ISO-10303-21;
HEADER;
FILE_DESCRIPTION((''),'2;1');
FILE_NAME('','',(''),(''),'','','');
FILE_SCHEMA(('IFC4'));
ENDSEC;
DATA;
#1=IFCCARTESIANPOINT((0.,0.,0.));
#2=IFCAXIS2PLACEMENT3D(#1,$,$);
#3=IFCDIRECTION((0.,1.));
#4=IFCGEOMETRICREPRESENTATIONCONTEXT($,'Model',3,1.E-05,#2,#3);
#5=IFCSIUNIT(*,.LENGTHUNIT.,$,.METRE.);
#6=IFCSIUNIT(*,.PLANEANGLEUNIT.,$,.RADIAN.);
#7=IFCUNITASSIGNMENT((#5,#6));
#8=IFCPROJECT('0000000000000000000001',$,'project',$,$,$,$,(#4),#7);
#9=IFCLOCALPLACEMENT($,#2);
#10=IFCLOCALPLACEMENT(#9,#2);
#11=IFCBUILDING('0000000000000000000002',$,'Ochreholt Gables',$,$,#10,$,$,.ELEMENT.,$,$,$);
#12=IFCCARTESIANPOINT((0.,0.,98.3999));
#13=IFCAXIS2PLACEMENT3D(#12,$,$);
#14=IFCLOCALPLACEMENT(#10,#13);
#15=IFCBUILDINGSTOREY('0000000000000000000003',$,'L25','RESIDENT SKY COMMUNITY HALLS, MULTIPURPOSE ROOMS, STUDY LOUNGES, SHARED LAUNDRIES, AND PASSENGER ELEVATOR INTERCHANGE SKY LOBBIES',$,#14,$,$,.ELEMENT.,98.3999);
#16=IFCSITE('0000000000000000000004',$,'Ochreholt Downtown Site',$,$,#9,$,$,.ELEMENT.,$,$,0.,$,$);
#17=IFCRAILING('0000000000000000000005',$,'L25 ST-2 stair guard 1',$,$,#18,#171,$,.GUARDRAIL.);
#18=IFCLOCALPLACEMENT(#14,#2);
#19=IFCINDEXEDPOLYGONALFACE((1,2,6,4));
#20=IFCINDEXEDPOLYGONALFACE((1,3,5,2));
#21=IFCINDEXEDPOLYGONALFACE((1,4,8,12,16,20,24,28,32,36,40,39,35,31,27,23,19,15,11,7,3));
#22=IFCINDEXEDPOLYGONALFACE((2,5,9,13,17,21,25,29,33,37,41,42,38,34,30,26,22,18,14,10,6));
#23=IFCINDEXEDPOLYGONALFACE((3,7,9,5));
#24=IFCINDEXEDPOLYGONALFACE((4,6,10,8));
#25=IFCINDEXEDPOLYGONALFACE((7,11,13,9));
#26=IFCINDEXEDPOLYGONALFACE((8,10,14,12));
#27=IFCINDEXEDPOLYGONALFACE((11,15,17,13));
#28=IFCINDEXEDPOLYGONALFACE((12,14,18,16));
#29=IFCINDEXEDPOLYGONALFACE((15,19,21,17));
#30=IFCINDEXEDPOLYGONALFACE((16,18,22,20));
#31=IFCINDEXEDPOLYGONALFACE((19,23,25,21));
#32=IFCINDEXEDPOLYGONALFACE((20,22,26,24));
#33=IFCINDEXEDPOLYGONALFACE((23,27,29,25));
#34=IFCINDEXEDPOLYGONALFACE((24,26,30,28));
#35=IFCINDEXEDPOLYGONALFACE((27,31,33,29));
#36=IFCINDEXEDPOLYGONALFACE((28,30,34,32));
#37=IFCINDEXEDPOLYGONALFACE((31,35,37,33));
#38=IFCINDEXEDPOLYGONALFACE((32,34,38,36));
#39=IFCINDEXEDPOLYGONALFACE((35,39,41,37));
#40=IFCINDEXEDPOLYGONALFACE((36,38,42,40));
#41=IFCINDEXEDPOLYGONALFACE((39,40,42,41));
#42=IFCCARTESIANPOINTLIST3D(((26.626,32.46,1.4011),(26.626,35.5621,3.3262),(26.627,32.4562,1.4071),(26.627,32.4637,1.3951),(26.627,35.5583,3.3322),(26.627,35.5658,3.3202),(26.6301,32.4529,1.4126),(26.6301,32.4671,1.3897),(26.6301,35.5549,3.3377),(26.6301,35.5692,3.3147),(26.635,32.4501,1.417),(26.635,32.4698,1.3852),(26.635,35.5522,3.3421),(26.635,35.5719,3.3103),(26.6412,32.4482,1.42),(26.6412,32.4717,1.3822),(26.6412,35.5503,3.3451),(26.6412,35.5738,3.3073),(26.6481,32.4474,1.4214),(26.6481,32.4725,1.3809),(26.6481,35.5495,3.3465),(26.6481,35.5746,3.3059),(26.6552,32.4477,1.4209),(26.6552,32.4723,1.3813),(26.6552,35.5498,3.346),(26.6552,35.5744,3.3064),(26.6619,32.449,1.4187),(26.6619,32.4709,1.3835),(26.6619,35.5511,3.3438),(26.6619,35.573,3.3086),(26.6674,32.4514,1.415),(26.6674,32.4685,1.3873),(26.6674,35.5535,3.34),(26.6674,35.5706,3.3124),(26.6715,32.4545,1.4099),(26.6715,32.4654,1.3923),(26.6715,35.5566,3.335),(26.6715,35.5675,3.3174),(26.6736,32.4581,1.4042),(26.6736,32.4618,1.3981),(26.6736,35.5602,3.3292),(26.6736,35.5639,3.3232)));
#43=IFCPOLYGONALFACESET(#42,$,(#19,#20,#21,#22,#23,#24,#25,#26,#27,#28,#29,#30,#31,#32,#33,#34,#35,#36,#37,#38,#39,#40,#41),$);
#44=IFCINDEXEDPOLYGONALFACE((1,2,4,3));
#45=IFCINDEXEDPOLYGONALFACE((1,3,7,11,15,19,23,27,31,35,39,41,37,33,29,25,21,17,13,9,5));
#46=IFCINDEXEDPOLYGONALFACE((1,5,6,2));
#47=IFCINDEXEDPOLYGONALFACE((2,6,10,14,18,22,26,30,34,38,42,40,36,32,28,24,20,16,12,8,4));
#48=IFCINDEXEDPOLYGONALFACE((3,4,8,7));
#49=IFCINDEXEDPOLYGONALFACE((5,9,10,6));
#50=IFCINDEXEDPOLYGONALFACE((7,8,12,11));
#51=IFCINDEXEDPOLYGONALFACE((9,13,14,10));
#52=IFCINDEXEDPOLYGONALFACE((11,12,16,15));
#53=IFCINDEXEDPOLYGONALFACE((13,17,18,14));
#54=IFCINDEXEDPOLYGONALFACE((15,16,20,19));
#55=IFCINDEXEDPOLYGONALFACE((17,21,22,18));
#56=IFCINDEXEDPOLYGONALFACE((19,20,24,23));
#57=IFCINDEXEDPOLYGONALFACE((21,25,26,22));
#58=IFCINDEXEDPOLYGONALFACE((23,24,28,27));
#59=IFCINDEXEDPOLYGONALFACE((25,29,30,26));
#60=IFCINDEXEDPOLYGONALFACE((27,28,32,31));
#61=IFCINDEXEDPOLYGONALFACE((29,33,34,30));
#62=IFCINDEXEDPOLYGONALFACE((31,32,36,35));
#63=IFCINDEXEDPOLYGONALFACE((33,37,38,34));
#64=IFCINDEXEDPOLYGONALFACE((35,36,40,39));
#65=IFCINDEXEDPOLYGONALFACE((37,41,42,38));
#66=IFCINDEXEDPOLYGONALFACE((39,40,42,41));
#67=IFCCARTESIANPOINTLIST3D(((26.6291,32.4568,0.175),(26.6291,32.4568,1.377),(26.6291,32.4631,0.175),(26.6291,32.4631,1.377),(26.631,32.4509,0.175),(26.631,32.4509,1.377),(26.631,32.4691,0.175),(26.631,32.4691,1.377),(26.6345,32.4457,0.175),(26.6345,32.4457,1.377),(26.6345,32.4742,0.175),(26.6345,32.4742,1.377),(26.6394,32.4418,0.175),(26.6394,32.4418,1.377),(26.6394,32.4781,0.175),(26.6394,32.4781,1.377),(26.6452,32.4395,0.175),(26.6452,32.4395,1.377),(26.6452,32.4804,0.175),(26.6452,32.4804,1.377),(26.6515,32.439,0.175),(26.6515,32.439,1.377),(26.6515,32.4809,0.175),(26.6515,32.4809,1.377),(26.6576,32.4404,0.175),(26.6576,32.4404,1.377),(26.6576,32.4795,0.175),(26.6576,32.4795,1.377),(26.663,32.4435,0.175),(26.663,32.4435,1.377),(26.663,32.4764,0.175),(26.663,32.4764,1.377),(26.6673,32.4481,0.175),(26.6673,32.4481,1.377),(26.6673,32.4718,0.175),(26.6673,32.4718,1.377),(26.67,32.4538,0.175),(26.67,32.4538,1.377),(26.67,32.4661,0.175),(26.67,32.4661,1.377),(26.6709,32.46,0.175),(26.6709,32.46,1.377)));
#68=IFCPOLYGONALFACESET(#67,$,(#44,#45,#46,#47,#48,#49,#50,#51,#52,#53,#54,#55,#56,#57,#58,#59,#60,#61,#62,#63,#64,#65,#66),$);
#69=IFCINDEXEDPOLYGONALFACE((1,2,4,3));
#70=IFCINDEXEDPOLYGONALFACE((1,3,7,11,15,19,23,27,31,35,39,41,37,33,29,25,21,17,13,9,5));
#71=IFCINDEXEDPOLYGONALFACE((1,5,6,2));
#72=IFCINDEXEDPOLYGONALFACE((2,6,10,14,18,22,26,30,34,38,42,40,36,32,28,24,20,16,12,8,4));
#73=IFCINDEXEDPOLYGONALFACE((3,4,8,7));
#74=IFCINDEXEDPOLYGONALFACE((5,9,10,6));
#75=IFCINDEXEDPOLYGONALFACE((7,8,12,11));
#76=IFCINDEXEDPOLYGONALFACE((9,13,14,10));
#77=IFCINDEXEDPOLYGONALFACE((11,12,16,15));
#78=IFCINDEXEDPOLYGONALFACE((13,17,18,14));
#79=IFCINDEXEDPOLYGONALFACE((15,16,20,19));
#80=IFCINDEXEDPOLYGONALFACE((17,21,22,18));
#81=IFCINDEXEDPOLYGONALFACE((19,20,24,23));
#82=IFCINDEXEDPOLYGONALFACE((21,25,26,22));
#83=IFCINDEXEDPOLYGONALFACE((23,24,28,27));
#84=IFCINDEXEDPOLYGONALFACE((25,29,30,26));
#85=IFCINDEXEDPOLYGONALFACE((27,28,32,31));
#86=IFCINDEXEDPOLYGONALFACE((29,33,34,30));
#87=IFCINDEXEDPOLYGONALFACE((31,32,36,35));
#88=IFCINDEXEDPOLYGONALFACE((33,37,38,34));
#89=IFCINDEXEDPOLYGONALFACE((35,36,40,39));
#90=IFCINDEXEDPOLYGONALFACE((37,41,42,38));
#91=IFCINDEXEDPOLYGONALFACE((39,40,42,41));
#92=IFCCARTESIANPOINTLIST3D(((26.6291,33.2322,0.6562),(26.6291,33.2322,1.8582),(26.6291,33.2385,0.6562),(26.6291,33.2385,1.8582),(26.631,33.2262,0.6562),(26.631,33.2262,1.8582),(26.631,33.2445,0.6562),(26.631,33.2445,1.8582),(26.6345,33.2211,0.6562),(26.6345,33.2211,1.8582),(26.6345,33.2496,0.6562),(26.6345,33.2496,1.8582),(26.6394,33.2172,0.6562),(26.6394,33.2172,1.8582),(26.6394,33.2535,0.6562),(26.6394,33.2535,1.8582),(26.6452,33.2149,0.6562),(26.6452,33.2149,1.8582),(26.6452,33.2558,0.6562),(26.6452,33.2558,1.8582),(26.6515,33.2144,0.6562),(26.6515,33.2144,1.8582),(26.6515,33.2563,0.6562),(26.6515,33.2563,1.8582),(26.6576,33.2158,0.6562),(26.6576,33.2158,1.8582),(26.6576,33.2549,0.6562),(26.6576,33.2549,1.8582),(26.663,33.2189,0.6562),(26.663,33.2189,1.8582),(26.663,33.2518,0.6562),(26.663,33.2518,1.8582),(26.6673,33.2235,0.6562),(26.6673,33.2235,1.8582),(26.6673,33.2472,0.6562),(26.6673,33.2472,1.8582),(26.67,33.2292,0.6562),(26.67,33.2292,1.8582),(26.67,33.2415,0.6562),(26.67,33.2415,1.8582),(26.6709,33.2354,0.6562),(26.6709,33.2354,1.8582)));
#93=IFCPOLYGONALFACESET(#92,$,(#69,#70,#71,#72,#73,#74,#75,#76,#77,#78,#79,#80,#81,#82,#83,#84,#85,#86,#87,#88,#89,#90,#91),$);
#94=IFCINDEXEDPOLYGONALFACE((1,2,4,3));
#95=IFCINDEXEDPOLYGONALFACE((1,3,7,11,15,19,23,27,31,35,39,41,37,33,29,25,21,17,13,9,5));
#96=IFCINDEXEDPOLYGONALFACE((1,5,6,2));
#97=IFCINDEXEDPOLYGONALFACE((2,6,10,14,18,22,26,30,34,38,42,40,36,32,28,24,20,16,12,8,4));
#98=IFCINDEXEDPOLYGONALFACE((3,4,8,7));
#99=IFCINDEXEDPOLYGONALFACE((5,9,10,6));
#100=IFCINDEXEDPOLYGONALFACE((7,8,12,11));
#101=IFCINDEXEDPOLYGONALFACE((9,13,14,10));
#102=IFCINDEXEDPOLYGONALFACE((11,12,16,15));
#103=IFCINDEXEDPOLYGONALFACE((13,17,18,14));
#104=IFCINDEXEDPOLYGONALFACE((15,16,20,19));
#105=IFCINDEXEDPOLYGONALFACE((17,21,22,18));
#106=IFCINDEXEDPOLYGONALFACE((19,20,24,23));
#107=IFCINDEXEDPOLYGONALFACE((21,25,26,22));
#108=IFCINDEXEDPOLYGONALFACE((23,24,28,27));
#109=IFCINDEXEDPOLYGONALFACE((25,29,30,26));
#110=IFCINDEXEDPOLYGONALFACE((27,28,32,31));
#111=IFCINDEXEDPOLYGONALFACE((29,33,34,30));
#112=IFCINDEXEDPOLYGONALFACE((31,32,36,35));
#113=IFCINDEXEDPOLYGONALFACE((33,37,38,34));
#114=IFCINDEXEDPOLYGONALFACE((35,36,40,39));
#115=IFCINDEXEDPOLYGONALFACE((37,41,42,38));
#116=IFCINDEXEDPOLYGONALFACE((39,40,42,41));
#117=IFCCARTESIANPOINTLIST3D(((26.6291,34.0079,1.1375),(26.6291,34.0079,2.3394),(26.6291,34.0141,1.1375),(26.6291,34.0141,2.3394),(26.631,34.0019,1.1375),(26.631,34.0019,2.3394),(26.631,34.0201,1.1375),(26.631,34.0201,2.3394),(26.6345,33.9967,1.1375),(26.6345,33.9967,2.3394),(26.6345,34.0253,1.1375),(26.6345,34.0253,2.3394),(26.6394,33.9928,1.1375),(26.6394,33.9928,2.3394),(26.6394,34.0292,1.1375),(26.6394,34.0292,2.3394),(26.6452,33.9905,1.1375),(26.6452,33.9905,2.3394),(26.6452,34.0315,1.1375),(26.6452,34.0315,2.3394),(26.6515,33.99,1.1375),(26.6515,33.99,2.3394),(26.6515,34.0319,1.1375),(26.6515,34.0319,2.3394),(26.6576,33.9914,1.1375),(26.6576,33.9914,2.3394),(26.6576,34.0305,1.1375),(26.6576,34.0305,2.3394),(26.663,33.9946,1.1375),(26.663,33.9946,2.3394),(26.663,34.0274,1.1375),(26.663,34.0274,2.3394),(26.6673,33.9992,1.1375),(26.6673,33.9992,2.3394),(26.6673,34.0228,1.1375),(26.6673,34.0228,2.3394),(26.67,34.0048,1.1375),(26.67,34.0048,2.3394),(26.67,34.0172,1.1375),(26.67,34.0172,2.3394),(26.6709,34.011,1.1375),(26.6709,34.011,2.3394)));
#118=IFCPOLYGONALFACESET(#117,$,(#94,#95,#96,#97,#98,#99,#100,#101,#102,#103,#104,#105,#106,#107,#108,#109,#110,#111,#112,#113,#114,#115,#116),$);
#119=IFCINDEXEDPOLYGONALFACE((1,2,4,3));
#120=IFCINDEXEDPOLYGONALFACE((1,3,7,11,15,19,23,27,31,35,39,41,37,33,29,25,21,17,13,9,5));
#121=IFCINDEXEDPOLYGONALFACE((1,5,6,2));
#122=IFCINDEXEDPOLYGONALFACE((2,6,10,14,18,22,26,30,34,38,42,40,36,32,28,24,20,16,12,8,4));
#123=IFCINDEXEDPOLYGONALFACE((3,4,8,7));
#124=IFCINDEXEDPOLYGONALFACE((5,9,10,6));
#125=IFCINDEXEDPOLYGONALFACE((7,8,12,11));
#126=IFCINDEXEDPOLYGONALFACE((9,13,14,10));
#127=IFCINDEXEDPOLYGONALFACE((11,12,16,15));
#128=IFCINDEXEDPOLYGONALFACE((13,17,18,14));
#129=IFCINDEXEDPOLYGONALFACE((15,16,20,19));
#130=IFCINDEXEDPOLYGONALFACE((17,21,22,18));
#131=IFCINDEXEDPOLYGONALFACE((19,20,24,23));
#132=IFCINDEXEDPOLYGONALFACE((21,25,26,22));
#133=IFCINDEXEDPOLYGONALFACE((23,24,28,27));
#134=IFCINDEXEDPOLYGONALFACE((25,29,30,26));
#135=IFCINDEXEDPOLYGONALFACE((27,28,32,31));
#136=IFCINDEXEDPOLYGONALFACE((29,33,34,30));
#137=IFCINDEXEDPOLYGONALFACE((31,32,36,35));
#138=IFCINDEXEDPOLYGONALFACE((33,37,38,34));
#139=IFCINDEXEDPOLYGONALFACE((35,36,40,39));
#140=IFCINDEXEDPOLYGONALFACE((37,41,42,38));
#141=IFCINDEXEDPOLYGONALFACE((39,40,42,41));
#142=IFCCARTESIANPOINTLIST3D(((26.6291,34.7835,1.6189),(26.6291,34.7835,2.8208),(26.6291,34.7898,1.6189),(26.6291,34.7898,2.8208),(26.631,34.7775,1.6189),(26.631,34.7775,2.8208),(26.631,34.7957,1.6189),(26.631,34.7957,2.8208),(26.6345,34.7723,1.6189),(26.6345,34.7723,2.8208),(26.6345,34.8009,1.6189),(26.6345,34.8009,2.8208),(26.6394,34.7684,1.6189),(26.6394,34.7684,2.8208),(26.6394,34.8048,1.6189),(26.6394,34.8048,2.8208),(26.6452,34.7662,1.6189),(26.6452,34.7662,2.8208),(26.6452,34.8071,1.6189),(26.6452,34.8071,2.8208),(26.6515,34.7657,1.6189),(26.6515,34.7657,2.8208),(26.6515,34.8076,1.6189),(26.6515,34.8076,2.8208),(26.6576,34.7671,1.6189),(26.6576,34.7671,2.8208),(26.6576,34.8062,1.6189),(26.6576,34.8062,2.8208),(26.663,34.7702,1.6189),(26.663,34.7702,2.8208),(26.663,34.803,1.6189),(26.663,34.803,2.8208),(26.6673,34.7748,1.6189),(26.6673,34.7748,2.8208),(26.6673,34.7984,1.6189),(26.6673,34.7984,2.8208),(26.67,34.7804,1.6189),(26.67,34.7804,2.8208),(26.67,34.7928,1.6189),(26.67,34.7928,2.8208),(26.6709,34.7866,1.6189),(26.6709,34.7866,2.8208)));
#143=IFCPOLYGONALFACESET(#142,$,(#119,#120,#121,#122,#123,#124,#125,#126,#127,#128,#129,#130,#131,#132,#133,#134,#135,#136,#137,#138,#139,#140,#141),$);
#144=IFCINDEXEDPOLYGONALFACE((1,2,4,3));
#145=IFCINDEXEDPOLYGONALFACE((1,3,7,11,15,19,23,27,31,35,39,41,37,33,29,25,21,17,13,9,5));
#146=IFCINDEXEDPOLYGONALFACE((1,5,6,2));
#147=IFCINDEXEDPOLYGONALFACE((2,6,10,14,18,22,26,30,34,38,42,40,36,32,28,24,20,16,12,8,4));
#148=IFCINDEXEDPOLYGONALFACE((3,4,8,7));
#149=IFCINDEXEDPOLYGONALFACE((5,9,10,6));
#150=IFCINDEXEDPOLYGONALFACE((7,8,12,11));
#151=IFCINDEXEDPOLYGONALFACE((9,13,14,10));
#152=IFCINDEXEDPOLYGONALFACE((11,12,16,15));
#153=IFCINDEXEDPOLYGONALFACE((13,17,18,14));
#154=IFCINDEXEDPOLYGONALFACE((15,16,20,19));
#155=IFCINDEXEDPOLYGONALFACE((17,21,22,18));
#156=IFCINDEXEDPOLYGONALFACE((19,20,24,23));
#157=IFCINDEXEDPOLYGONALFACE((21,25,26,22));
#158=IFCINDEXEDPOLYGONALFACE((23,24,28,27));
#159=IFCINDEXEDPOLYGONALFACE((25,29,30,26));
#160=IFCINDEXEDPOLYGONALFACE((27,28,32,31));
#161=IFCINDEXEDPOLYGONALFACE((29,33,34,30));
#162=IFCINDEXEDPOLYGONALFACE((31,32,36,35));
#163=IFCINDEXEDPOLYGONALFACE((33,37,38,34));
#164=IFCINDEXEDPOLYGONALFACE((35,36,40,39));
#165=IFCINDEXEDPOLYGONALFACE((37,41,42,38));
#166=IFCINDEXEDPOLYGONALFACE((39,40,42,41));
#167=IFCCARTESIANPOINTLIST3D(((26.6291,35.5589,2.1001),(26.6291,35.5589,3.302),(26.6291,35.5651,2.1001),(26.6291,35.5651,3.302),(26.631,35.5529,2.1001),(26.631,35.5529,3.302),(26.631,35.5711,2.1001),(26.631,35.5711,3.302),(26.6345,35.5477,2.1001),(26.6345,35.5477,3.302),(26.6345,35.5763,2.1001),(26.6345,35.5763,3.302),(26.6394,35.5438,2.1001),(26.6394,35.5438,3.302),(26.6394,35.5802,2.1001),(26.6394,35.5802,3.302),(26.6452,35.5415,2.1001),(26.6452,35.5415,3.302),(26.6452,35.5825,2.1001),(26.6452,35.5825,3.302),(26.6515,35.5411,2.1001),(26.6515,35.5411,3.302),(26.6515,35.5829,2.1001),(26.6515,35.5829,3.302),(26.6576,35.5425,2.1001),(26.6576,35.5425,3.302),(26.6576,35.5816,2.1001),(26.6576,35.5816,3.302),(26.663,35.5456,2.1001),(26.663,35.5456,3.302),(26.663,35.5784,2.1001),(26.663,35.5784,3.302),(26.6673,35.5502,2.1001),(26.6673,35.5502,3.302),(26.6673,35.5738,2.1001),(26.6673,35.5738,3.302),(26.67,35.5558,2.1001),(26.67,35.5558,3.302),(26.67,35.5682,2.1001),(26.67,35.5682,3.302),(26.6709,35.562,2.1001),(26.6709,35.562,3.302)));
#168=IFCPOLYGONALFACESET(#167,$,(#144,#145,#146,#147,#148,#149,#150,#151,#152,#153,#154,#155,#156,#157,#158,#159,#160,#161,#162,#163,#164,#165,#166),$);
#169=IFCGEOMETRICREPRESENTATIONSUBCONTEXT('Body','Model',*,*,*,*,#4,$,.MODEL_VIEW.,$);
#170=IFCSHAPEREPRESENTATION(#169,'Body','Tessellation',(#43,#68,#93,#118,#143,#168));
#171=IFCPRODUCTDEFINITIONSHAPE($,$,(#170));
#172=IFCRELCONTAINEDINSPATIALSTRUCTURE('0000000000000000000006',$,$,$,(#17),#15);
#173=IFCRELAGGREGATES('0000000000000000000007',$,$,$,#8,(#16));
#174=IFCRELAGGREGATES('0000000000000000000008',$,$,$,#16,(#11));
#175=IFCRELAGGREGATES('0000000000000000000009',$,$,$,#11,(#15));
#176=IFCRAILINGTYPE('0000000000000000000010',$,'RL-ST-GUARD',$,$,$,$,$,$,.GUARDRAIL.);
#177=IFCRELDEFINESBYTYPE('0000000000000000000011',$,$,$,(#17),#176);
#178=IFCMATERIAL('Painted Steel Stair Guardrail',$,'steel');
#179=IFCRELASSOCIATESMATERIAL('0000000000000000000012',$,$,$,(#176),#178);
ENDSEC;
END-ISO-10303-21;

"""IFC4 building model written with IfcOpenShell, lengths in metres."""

from ifc_helpers import new_model, si_unit, direction, frame, origin, origin_2d, place, context, subcontext, project, spatial, circle, extrude, material, type_object, element, save


model = new_model("IFC4")

# Units and contexts
model_context = context("Model", 3, precision=1e-05, world=origin(), true_north=direction((0.0, 1.0)))
body_context = subcontext(model_context, "Body", "Model", "MODEL_VIEW")
ifc_project = project(units=[si_unit("LENGTHUNIT", "METRE"), si_unit("PLANEANGLEUNIT", "RADIAN")], contexts=[model_context])

# Site, building, storey
site_placement = place(None, origin())
site = spatial("IfcSite", under=ifc_project, at=site_placement, Name="Ochreholt Downtown Site", CompositionType="ELEMENT", RefElevation=0.0)
building_placement = place(site_placement, origin())
building = spatial("IfcBuilding", under=site, at=building_placement, Name="Ochreholt Gables", CompositionType="ELEMENT")
storey_placement = place(building_placement, frame((0.0, 0.0, 98.3999)))
storey = spatial("IfcBuildingStorey", under=building, at=storey_placement, Name="L25", Description="RESIDENT SKY COMMUNITY HALLS, MULTIPURPOSE ROOMS, STUDY LOUNGES, SHARED LAUNDRIES, AND PASSENGER ELEVATOR INTERCHANGE SKY LOBBIES", CompositionType="ELEMENT", Elevation=98.3999)

# Railing
ifc_material_1 = material(Name="Painted Steel Stair Guardrail", Category="steel")
railing_type = type_object("IfcRailingType", Name="RL-ST-GUARD", PredefinedType="GUARDRAIL", material=ifc_material_1)
railing_1_placement = place(storey_placement, frame((26.6499, 32.46, 0.175)))
element("IfcRailing", 1, at=railing_1_placement, inside=storey, type_object=railing_type, Name="L25 ST-2 stair guard 1", PredefinedType="GUARDRAIL", context=body_context, shape_type="SweptSolid", body=[
    extrude(circle(Radius=0.0239, at=origin_2d()), frame((0.0, 0.0, 1.2261), z_axis=(0.0, 0.849685, 0.527291), x_axis=(-1.0, 0.0, 0.0)), (0.0, 0.0, 1.0), 3.6509),
    extrude(circle(Radius=0.021, at=origin_2d()), origin(), (0.0, 0.0, 1.0), 1.2019),
    extrude(circle(Radius=0.021, at=origin_2d()), frame((0.0, 0.7754, 0.4812)), (0.0, 0.0, 1.0), 1.2019),
    extrude(circle(Radius=0.021, at=origin_2d()), frame((0.0, 1.551, 0.9624)), (0.0, 0.0, 1.0), 1.2019),
    extrude(circle(Radius=0.021, at=origin_2d()), frame((0.0, 2.3267, 1.4438)), (0.0, 0.0, 1.0), 1.2019),
    extrude(circle(Radius=0.021, at=origin_2d()), frame((0.0, 3.1021, 1.925)), (0.0, 0.0, 1.0), 1.2019),
])

save(model, "model.ifc")
